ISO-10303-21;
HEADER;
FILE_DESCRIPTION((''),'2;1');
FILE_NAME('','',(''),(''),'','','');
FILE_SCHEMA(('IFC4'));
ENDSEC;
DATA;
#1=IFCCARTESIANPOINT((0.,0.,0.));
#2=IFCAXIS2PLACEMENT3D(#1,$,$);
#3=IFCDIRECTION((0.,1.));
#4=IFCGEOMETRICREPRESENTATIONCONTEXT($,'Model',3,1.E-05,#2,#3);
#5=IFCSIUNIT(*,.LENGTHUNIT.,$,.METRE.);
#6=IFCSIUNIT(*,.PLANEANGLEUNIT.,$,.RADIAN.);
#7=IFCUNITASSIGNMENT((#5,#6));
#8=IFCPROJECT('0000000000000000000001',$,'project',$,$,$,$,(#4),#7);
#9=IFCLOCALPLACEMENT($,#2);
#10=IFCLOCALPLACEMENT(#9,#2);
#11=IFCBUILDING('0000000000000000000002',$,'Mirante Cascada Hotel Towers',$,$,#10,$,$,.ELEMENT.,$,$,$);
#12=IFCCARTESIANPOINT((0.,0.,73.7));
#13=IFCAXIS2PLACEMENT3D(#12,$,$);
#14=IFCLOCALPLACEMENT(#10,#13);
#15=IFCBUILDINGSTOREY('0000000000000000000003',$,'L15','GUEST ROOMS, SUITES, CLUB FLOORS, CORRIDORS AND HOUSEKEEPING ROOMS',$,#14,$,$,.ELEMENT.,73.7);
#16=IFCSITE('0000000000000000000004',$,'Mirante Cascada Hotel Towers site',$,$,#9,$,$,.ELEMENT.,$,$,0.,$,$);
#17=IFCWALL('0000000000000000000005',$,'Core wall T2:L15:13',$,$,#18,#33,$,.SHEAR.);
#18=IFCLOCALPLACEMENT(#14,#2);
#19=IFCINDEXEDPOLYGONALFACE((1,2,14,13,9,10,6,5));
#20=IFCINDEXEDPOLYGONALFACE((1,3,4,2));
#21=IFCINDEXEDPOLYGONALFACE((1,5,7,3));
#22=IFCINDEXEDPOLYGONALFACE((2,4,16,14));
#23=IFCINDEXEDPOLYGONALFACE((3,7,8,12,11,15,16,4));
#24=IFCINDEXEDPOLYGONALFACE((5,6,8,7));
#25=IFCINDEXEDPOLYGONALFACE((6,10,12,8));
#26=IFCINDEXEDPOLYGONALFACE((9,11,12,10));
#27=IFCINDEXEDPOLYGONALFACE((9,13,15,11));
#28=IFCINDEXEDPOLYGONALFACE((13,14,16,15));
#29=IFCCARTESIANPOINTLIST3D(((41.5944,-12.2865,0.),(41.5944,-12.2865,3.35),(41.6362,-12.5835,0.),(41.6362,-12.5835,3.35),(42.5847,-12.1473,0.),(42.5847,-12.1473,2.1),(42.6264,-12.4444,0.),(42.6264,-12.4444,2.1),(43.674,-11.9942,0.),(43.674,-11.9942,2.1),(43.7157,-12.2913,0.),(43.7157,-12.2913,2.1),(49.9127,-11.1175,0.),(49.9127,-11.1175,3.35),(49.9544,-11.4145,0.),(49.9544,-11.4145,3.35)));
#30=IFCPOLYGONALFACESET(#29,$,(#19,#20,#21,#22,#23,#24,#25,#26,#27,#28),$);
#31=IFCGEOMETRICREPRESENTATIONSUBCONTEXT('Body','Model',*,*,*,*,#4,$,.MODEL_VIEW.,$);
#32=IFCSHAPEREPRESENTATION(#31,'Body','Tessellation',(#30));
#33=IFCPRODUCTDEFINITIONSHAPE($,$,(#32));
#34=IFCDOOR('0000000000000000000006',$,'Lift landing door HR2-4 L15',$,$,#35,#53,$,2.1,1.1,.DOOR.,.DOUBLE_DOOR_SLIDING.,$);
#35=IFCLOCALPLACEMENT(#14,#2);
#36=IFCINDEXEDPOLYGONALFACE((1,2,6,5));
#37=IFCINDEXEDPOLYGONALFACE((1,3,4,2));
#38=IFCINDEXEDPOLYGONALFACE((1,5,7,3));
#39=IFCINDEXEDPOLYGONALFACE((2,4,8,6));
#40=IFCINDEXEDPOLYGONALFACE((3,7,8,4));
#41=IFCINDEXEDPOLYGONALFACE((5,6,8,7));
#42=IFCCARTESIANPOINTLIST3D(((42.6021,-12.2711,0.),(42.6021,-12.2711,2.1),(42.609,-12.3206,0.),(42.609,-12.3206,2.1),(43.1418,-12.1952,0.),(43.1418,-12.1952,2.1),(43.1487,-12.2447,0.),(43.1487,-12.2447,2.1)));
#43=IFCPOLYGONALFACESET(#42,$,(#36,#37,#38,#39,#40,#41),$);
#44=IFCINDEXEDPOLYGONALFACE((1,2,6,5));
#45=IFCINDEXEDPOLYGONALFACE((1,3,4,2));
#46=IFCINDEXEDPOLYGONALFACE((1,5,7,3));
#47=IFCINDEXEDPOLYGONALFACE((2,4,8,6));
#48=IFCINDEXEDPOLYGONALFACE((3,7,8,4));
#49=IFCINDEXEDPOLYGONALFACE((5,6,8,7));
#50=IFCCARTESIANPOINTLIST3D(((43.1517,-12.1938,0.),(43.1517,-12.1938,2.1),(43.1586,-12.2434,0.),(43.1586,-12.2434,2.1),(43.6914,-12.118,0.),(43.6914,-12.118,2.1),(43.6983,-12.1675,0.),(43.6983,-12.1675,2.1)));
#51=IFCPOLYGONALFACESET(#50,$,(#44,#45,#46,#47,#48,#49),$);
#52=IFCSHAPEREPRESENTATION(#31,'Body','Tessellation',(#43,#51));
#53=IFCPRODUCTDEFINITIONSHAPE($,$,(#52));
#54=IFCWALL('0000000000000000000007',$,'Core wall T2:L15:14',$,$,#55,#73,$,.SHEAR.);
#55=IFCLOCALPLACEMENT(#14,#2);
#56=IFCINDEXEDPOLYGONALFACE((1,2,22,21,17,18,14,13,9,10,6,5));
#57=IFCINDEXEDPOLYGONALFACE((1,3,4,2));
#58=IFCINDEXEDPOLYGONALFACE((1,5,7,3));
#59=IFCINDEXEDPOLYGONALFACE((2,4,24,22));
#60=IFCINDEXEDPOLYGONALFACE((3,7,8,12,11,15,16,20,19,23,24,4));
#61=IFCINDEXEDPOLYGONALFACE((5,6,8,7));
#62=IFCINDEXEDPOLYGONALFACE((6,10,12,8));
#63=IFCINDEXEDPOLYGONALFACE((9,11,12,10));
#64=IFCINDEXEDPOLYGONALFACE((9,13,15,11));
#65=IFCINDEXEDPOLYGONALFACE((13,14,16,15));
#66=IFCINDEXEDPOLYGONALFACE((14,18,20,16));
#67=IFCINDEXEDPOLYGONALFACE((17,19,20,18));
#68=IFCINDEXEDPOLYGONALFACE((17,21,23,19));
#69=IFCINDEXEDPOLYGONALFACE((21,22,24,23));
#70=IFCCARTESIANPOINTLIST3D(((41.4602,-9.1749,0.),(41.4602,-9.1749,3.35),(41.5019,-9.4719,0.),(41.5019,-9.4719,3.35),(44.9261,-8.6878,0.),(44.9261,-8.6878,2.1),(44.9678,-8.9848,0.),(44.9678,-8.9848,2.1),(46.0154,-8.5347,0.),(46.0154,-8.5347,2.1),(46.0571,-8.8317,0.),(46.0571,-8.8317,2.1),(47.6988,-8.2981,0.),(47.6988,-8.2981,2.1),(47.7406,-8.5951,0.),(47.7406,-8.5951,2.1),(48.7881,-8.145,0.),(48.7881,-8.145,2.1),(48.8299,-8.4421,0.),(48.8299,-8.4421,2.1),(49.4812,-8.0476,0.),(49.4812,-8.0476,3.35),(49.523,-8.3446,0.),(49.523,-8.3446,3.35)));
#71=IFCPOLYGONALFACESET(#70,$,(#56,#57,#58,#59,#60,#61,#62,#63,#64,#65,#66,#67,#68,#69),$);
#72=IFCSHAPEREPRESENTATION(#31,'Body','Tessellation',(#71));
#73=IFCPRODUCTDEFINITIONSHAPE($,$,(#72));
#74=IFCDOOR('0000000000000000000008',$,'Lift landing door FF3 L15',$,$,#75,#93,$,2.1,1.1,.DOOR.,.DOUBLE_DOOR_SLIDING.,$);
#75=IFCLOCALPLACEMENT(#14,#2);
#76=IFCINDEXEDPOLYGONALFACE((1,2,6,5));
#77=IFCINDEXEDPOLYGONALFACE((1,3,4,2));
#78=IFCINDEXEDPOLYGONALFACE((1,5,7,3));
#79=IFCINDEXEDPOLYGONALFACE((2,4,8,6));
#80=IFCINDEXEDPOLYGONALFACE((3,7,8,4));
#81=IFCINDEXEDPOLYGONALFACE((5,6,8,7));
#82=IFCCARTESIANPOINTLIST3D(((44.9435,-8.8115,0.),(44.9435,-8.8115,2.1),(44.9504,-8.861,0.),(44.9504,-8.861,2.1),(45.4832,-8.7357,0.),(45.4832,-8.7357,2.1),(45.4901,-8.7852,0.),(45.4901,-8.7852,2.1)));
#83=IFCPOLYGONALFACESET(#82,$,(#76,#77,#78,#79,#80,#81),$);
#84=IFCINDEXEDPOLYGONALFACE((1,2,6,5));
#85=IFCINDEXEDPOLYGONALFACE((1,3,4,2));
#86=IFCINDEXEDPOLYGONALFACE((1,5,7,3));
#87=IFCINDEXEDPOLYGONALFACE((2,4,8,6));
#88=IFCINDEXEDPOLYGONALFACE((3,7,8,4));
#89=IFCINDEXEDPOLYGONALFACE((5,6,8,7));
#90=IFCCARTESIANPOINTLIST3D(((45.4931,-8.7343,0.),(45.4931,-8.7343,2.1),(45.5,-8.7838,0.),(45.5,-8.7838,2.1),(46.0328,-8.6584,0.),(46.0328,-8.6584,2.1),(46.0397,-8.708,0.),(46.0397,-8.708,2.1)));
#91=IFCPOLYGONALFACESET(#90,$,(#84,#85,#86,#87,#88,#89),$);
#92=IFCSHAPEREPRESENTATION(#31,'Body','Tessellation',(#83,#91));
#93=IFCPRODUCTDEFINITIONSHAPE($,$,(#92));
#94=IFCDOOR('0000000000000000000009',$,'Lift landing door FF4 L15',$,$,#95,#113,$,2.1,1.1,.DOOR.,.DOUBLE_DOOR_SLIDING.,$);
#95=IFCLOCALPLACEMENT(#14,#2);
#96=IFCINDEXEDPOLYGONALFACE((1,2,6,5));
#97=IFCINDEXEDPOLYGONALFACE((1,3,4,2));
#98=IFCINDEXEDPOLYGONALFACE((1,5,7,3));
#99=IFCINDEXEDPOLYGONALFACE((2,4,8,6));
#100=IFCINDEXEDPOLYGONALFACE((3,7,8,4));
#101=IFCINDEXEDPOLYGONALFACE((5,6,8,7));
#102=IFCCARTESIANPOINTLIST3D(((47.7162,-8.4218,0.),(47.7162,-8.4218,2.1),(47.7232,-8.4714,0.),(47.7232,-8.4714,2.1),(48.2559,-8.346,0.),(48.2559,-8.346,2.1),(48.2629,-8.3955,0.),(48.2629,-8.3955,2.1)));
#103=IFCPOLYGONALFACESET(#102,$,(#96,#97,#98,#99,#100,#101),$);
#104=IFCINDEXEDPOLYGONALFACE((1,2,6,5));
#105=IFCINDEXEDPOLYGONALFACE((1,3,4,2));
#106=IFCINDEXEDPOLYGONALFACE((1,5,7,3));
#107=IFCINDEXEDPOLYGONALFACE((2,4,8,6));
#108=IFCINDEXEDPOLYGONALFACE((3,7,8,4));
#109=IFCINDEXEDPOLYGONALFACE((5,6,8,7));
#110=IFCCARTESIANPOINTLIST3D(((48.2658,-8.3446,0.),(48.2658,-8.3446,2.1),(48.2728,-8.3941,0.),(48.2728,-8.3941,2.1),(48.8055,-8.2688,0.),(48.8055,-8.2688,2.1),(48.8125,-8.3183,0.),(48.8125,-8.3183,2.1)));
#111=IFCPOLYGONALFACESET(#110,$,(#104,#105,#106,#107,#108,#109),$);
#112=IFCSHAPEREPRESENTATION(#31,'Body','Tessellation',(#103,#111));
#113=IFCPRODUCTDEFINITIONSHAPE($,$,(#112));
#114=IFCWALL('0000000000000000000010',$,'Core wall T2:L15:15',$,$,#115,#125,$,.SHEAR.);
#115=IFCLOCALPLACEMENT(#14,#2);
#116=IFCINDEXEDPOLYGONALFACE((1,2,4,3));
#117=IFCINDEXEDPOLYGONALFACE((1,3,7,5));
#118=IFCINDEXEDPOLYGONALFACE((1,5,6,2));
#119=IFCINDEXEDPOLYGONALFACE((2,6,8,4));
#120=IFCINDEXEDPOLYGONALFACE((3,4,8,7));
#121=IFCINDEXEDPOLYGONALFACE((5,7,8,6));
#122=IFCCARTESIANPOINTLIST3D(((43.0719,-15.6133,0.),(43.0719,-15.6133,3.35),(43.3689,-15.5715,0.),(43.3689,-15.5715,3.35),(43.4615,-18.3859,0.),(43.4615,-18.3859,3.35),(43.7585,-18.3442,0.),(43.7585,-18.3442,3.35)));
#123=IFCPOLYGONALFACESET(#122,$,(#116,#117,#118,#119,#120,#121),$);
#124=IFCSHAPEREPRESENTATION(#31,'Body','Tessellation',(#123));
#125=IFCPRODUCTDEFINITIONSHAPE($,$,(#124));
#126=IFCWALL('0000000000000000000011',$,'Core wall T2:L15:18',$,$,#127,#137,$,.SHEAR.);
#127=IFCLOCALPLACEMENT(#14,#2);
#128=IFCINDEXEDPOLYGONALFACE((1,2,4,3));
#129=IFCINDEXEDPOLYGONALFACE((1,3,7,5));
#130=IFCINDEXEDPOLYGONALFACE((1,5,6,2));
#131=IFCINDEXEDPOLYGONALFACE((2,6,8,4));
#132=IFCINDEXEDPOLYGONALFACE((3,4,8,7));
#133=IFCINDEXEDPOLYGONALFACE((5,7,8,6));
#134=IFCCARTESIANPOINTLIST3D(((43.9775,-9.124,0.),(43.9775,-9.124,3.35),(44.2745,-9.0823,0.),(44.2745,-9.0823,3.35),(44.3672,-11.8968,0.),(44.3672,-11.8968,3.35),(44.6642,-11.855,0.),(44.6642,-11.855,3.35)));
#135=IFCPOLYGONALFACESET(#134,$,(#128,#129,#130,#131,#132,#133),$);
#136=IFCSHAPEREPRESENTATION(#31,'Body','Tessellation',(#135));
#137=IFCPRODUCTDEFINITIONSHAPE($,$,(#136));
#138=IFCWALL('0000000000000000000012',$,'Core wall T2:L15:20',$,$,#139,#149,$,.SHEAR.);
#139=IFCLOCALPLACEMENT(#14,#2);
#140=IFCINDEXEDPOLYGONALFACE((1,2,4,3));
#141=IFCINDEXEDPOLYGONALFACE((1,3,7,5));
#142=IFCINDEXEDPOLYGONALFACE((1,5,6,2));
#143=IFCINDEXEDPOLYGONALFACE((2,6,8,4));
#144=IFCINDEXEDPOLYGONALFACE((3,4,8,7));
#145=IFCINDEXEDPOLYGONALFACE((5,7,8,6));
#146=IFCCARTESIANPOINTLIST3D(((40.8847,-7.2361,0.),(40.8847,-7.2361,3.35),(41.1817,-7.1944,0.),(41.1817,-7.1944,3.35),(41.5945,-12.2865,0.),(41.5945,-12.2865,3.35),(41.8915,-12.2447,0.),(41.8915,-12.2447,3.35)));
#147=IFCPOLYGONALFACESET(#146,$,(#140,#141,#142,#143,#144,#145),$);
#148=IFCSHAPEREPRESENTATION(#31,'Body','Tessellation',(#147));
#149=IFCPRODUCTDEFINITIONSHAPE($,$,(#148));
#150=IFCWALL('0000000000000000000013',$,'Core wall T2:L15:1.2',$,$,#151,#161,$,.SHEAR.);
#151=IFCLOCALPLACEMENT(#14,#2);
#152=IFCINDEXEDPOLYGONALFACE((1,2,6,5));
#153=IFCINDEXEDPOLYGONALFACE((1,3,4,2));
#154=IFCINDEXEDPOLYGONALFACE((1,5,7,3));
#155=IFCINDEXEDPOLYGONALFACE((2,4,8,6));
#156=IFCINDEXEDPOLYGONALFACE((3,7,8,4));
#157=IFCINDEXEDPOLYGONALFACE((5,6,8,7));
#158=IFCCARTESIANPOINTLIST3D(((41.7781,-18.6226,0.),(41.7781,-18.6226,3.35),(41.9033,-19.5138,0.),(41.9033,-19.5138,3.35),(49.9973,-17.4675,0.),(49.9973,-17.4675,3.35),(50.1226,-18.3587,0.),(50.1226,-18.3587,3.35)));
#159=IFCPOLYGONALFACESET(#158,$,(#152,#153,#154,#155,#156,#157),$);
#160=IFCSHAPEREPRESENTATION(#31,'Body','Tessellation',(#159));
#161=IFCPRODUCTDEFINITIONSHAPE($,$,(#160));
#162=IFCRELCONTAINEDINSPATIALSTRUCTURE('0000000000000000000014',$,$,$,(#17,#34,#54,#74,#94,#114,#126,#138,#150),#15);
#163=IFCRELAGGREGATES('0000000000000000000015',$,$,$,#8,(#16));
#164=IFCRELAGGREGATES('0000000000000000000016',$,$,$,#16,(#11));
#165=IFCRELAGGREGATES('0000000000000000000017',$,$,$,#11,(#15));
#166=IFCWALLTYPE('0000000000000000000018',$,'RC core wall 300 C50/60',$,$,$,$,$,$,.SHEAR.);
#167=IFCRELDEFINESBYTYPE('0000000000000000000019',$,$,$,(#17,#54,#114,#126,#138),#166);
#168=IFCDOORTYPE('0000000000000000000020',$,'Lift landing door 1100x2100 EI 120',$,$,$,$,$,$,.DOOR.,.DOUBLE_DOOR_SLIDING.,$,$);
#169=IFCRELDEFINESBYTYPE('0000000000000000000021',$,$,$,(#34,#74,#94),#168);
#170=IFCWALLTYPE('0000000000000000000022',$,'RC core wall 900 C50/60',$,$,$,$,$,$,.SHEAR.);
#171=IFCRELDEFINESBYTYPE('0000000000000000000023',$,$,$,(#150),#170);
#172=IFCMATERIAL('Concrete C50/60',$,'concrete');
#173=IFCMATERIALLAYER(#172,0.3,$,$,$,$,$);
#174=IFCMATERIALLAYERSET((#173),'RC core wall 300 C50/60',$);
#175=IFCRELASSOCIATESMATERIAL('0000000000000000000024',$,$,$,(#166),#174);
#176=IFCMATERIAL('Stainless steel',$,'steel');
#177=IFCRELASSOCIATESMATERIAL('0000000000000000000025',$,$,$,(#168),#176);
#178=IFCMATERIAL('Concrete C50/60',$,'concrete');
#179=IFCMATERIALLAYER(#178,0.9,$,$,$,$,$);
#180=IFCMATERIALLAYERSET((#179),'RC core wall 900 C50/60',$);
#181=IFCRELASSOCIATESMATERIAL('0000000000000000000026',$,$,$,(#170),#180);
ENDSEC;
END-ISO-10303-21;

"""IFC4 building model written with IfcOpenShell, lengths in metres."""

from ifc_helpers import new_model, si_unit, direction, frame, frame_2d, origin, place, context, subcontext, project, spatial, rectangle, extrude, material, layer, layer_set, type_object, element, fill, save


model = new_model("IFC4")

# Units and contexts
model_context = context("Model", 3, precision=1e-05, world=origin(), true_north=direction((0.0, 1.0)))
body_context = subcontext(model_context, "Body", "Model", "MODEL_VIEW")
ifc_project = project(units=[si_unit("LENGTHUNIT", "METRE"), si_unit("PLANEANGLEUNIT", "RADIAN")], contexts=[model_context])

# Site, building, storey
site_placement = place(None, origin())
site = spatial("IfcSite", under=ifc_project, at=site_placement, Name="Mirante Cascada Hotel Towers site", CompositionType="ELEMENT", RefElevation=0.0)
building_placement = place(site_placement, origin())
building = spatial("IfcBuilding", under=site, at=building_placement, Name="Mirante Cascada Hotel Towers", CompositionType="ELEMENT")
storey_placement = place(building_placement, frame((0.0, 0.0, 73.7)))
storey = spatial("IfcBuildingStorey", under=building, at=storey_placement, Name="L15", Description="GUEST ROOMS, SUITES, CLUB FLOORS, CORRIDORS AND HOUSEKEEPING ROOMS", CompositionType="ELEMENT", Elevation=73.7)

# Shared definitions
ifc_material_1 = material(Name="Concrete C50/60", Category="concrete")
ifc_layer_1 = layer(ifc_material_1, 0.3)
ifc_layer_set_1 = layer_set([ifc_layer_1], Name="RC core wall 300 C50/60")
wall_type_1 = type_object("IfcWallType", Name="RC core wall 300 C50/60", PredefinedType="SHEAR", material=ifc_layer_set_1)

# Shared definitions
ifc_material_2 = material(Name="Stainless steel", Category="steel")
door_type_1 = type_object("IfcDoorType", Name="Lift landing door 1100x2100 EI 120", OperationType="DOUBLE_DOOR_SLIDING", PredefinedType="DOOR", material=ifc_material_2)

# Wall, opening, door
wall_1_placement = place(storey_placement, frame((41.6153, -12.435, 0.0), z_axis=(0.0, 0.0, 1.0), x_axis=(0.990269, 0.139166, 0.0)))
wall_1 = element("IfcWall", 1, at=wall_1_placement, inside=storey, type_object=wall_type_1, Name="Core wall T2:L15:13", PredefinedType="SHEAR", context=body_context, shape_type="SweptSolid", body=[
    extrude(rectangle(XDim=8.4, YDim=0.3, at=frame_2d((4.2, 0.0))), origin(), (0.0, 0.0, 1.0), 3.35),
])
opening_1_placement = place(wall_1_placement, frame((1.0, 0.0, 0.0)))
opening_1 = element("IfcOpeningElement", 2, at=opening_1_placement, cuts=wall_1, PredefinedType="OPENING", context=body_context, shape_type="SweptSolid", body=[
    extrude(rectangle(XDim=1.1, YDim=2.1, at=frame_2d((0.55, 1.05))), frame((0.0, 0.15, 0.0), z_axis=(0.0, -1.0, 0.0), x_axis=(1.0, 0.0, 0.0)), (0.0, 0.0, 1.0), 0.3),
])
door_1_placement = place(opening_1_placement, origin())
door_1 = element("IfcDoor", 3, at=door_1_placement, inside=storey, type_object=door_type_1, Name="Lift landing door HR2-4 L15", OperationType="DOUBLE_DOOR_SLIDING", OverallHeight=2.1, OverallWidth=1.1, PredefinedType="DOOR", context=body_context, shape_type="SweptSolid", body=[
    extrude(rectangle(XDim=0.545, YDim=2.1, at=frame_2d((0.2725, 1.05))), frame((0.0, 0.025, 0.0), z_axis=(0.0, -1.0, 0.0), x_axis=(1.0, 0.0, 0.0)), (0.0, 0.0, 1.0), 0.05),
    extrude(rectangle(XDim=0.545, YDim=2.1, at=frame_2d((0.8275, 1.05))), frame((0.0, 0.025, 0.0), z_axis=(0.0, -1.0, 0.0), x_axis=(1.0, 0.0, 0.0)), (0.0, 0.0, 1.0), 0.05),
])
fill(opening_1, door_1)

# Wall, openings, doors
wall_2_placement = place(storey_placement, frame((41.481, -9.3234, 0.0), z_axis=(0.0, 0.0, 1.0), x_axis=(0.990268, 0.139174, 0.0)))
wall_2 = element("IfcWall", 4, at=wall_2_placement, inside=storey, type_object=wall_type_1, Name="Core wall T2:L15:14", PredefinedType="SHEAR", context=body_context, shape_type="SweptSolid", body=[
    extrude(rectangle(XDim=8.0999, YDim=0.3, at=frame_2d((4.05, 0.0))), origin(), (0.0, 0.0, 1.0), 3.35),
])
opening_2_placement = place(wall_2_placement, frame((3.5, 0.0, 0.0)))
opening_2 = element("IfcOpeningElement", 5, at=opening_2_placement, cuts=wall_2, PredefinedType="OPENING", context=body_context, shape_type="SweptSolid", body=[
    extrude(rectangle(XDim=1.1, YDim=2.1, at=frame_2d((0.55, 1.05))), frame((0.0, 0.15, 0.0), z_axis=(0.0, -1.0, 0.0), x_axis=(1.0, 0.0, 0.0)), (0.0, 0.0, 1.0), 0.3),
])
opening_3_placement = place(wall_2_placement, frame((6.3, 0.0, 0.0)))
opening_3 = element("IfcOpeningElement", 6, at=opening_3_placement, cuts=wall_2, PredefinedType="OPENING", context=body_context, shape_type="SweptSolid", body=[
    extrude(rectangle(XDim=1.1, YDim=2.1, at=frame_2d((0.55, 1.05))), frame((0.0, 0.15, 0.0), z_axis=(0.0, -1.0, 0.0), x_axis=(1.0, 0.0, 0.0)), (0.0, 0.0, 1.0), 0.3),
])
door_2_placement = place(opening_2_placement, origin())
door_2 = element("IfcDoor", 7, at=door_2_placement, inside=storey, type_object=door_type_1, Name="Lift landing door FF3 L15", OperationType="DOUBLE_DOOR_SLIDING", OverallHeight=2.1, OverallWidth=1.1, PredefinedType="DOOR", context=body_context, shape_type="SweptSolid", body=[
    extrude(rectangle(XDim=0.545, YDim=2.1, at=frame_2d((0.2725, 1.05))), frame((0.0, 0.025, 0.0), z_axis=(0.0, -1.0, 0.0), x_axis=(1.0, 0.0, 0.0)), (0.0, 0.0, 1.0), 0.05),
    extrude(rectangle(XDim=0.545, YDim=2.1, at=frame_2d((0.8275, 1.05))), frame((0.0, 0.025, 0.0), z_axis=(0.0, -1.0, 0.0), x_axis=(1.0, 0.0, 0.0)), (0.0, 0.0, 1.0), 0.05),
])
fill(opening_2, door_2)
door_3_placement = place(opening_3_placement, origin())
door_3 = element("IfcDoor", 8, at=door_3_placement, inside=storey, type_object=door_type_1, Name="Lift landing door FF4 L15", OperationType="DOUBLE_DOOR_SLIDING", OverallHeight=2.1, OverallWidth=1.1, PredefinedType="DOOR", context=body_context, shape_type="SweptSolid", body=[
    extrude(rectangle(XDim=0.545, YDim=2.1, at=frame_2d((0.2725, 1.05))), frame((0.0, 0.025, 0.0), z_axis=(0.0, -1.0, 0.0), x_axis=(1.0, 0.0, 0.0)), (0.0, 0.0, 1.0), 0.05),
    extrude(rectangle(XDim=0.545, YDim=2.1, at=frame_2d((0.8275, 1.05))), frame((0.0, 0.025, 0.0), z_axis=(0.0, -1.0, 0.0), x_axis=(1.0, 0.0, 0.0)), (0.0, 0.0, 1.0), 0.05),
])
fill(opening_3, door_3)

# Walls
wall_3_placement = place(storey_placement, frame((43.61, -18.3651, 0.0), z_axis=(0.0, 0.0, 1.0), x_axis=(-0.139146, 0.990272, 0.0)))
element("IfcWall", 9, at=wall_3_placement, inside=storey, type_object=wall_type_1, Name="Core wall T2:L15:15", PredefinedType="SHEAR", context=body_context, shape_type="SweptSolid", body=[
    extrude(rectangle(XDim=2.7999, YDim=0.3, at=frame_2d((1.4, 0.0))), origin(), (0.0, 0.0, 1.0), 3.35),
])
wall_4_placement = place(storey_placement, frame((44.5157, -11.8759, 0.0), z_axis=(0.0, 0.0, 1.0), x_axis=(-0.139181, 0.990267, 0.0)))
element("IfcWall", 10, at=wall_4_placement, inside=storey, type_object=wall_type_1, Name="Core wall T2:L15:18", PredefinedType="SHEAR", context=body_context, shape_type="SweptSolid", body=[
    extrude(rectangle(XDim=2.8, YDim=0.3, at=frame_2d((1.4, 0.0))), origin(), (0.0, 0.0, 1.0), 3.35),
])
wall_5_placement = place(storey_placement, frame((41.743, -12.2656, 0.0), z_axis=(0.0, 0.0, 1.0), x_axis=(-0.139176, 0.990268, 0.0)))
element("IfcWall", 11, at=wall_5_placement, inside=storey, type_object=wall_type_1, Name="Core wall T2:L15:20", PredefinedType="SHEAR", context=body_context, shape_type="SweptSolid", body=[
    extrude(rectangle(XDim=5.1, YDim=0.3, at=frame_2d((2.55, 0.0))), origin(), (0.0, 0.0, 1.0), 3.35),
])
ifc_material_3 = material(Name="Concrete C50/60", Category="concrete")
ifc_layer_2 = layer(ifc_material_3, 0.9)
ifc_layer_set_2 = layer_set([ifc_layer_2], Name="RC core wall 900 C50/60")
wall_type_2 = type_object("IfcWallType", Name="RC core wall 900 C50/60", PredefinedType="SHEAR", material=ifc_layer_set_2)
wall_6_placement = place(storey_placement, frame((41.8407, -19.0682, 0.0), z_axis=(0.0, 0.0, 1.0), x_axis=(0.990269, 0.139169, 0.0)))
element("IfcWall", 12, at=wall_6_placement, inside=storey, type_object=wall_type_2, Name="Core wall T2:L15:1.2", PredefinedType="SHEAR", context=body_context, shape_type="SweptSolid", body=[
    extrude(rectangle(XDim=8.3, YDim=0.9, at=frame_2d((4.15, 0.0))), origin(), (0.0, 0.0, 1.0), 3.35),
])

save(model, "model.ifc")
